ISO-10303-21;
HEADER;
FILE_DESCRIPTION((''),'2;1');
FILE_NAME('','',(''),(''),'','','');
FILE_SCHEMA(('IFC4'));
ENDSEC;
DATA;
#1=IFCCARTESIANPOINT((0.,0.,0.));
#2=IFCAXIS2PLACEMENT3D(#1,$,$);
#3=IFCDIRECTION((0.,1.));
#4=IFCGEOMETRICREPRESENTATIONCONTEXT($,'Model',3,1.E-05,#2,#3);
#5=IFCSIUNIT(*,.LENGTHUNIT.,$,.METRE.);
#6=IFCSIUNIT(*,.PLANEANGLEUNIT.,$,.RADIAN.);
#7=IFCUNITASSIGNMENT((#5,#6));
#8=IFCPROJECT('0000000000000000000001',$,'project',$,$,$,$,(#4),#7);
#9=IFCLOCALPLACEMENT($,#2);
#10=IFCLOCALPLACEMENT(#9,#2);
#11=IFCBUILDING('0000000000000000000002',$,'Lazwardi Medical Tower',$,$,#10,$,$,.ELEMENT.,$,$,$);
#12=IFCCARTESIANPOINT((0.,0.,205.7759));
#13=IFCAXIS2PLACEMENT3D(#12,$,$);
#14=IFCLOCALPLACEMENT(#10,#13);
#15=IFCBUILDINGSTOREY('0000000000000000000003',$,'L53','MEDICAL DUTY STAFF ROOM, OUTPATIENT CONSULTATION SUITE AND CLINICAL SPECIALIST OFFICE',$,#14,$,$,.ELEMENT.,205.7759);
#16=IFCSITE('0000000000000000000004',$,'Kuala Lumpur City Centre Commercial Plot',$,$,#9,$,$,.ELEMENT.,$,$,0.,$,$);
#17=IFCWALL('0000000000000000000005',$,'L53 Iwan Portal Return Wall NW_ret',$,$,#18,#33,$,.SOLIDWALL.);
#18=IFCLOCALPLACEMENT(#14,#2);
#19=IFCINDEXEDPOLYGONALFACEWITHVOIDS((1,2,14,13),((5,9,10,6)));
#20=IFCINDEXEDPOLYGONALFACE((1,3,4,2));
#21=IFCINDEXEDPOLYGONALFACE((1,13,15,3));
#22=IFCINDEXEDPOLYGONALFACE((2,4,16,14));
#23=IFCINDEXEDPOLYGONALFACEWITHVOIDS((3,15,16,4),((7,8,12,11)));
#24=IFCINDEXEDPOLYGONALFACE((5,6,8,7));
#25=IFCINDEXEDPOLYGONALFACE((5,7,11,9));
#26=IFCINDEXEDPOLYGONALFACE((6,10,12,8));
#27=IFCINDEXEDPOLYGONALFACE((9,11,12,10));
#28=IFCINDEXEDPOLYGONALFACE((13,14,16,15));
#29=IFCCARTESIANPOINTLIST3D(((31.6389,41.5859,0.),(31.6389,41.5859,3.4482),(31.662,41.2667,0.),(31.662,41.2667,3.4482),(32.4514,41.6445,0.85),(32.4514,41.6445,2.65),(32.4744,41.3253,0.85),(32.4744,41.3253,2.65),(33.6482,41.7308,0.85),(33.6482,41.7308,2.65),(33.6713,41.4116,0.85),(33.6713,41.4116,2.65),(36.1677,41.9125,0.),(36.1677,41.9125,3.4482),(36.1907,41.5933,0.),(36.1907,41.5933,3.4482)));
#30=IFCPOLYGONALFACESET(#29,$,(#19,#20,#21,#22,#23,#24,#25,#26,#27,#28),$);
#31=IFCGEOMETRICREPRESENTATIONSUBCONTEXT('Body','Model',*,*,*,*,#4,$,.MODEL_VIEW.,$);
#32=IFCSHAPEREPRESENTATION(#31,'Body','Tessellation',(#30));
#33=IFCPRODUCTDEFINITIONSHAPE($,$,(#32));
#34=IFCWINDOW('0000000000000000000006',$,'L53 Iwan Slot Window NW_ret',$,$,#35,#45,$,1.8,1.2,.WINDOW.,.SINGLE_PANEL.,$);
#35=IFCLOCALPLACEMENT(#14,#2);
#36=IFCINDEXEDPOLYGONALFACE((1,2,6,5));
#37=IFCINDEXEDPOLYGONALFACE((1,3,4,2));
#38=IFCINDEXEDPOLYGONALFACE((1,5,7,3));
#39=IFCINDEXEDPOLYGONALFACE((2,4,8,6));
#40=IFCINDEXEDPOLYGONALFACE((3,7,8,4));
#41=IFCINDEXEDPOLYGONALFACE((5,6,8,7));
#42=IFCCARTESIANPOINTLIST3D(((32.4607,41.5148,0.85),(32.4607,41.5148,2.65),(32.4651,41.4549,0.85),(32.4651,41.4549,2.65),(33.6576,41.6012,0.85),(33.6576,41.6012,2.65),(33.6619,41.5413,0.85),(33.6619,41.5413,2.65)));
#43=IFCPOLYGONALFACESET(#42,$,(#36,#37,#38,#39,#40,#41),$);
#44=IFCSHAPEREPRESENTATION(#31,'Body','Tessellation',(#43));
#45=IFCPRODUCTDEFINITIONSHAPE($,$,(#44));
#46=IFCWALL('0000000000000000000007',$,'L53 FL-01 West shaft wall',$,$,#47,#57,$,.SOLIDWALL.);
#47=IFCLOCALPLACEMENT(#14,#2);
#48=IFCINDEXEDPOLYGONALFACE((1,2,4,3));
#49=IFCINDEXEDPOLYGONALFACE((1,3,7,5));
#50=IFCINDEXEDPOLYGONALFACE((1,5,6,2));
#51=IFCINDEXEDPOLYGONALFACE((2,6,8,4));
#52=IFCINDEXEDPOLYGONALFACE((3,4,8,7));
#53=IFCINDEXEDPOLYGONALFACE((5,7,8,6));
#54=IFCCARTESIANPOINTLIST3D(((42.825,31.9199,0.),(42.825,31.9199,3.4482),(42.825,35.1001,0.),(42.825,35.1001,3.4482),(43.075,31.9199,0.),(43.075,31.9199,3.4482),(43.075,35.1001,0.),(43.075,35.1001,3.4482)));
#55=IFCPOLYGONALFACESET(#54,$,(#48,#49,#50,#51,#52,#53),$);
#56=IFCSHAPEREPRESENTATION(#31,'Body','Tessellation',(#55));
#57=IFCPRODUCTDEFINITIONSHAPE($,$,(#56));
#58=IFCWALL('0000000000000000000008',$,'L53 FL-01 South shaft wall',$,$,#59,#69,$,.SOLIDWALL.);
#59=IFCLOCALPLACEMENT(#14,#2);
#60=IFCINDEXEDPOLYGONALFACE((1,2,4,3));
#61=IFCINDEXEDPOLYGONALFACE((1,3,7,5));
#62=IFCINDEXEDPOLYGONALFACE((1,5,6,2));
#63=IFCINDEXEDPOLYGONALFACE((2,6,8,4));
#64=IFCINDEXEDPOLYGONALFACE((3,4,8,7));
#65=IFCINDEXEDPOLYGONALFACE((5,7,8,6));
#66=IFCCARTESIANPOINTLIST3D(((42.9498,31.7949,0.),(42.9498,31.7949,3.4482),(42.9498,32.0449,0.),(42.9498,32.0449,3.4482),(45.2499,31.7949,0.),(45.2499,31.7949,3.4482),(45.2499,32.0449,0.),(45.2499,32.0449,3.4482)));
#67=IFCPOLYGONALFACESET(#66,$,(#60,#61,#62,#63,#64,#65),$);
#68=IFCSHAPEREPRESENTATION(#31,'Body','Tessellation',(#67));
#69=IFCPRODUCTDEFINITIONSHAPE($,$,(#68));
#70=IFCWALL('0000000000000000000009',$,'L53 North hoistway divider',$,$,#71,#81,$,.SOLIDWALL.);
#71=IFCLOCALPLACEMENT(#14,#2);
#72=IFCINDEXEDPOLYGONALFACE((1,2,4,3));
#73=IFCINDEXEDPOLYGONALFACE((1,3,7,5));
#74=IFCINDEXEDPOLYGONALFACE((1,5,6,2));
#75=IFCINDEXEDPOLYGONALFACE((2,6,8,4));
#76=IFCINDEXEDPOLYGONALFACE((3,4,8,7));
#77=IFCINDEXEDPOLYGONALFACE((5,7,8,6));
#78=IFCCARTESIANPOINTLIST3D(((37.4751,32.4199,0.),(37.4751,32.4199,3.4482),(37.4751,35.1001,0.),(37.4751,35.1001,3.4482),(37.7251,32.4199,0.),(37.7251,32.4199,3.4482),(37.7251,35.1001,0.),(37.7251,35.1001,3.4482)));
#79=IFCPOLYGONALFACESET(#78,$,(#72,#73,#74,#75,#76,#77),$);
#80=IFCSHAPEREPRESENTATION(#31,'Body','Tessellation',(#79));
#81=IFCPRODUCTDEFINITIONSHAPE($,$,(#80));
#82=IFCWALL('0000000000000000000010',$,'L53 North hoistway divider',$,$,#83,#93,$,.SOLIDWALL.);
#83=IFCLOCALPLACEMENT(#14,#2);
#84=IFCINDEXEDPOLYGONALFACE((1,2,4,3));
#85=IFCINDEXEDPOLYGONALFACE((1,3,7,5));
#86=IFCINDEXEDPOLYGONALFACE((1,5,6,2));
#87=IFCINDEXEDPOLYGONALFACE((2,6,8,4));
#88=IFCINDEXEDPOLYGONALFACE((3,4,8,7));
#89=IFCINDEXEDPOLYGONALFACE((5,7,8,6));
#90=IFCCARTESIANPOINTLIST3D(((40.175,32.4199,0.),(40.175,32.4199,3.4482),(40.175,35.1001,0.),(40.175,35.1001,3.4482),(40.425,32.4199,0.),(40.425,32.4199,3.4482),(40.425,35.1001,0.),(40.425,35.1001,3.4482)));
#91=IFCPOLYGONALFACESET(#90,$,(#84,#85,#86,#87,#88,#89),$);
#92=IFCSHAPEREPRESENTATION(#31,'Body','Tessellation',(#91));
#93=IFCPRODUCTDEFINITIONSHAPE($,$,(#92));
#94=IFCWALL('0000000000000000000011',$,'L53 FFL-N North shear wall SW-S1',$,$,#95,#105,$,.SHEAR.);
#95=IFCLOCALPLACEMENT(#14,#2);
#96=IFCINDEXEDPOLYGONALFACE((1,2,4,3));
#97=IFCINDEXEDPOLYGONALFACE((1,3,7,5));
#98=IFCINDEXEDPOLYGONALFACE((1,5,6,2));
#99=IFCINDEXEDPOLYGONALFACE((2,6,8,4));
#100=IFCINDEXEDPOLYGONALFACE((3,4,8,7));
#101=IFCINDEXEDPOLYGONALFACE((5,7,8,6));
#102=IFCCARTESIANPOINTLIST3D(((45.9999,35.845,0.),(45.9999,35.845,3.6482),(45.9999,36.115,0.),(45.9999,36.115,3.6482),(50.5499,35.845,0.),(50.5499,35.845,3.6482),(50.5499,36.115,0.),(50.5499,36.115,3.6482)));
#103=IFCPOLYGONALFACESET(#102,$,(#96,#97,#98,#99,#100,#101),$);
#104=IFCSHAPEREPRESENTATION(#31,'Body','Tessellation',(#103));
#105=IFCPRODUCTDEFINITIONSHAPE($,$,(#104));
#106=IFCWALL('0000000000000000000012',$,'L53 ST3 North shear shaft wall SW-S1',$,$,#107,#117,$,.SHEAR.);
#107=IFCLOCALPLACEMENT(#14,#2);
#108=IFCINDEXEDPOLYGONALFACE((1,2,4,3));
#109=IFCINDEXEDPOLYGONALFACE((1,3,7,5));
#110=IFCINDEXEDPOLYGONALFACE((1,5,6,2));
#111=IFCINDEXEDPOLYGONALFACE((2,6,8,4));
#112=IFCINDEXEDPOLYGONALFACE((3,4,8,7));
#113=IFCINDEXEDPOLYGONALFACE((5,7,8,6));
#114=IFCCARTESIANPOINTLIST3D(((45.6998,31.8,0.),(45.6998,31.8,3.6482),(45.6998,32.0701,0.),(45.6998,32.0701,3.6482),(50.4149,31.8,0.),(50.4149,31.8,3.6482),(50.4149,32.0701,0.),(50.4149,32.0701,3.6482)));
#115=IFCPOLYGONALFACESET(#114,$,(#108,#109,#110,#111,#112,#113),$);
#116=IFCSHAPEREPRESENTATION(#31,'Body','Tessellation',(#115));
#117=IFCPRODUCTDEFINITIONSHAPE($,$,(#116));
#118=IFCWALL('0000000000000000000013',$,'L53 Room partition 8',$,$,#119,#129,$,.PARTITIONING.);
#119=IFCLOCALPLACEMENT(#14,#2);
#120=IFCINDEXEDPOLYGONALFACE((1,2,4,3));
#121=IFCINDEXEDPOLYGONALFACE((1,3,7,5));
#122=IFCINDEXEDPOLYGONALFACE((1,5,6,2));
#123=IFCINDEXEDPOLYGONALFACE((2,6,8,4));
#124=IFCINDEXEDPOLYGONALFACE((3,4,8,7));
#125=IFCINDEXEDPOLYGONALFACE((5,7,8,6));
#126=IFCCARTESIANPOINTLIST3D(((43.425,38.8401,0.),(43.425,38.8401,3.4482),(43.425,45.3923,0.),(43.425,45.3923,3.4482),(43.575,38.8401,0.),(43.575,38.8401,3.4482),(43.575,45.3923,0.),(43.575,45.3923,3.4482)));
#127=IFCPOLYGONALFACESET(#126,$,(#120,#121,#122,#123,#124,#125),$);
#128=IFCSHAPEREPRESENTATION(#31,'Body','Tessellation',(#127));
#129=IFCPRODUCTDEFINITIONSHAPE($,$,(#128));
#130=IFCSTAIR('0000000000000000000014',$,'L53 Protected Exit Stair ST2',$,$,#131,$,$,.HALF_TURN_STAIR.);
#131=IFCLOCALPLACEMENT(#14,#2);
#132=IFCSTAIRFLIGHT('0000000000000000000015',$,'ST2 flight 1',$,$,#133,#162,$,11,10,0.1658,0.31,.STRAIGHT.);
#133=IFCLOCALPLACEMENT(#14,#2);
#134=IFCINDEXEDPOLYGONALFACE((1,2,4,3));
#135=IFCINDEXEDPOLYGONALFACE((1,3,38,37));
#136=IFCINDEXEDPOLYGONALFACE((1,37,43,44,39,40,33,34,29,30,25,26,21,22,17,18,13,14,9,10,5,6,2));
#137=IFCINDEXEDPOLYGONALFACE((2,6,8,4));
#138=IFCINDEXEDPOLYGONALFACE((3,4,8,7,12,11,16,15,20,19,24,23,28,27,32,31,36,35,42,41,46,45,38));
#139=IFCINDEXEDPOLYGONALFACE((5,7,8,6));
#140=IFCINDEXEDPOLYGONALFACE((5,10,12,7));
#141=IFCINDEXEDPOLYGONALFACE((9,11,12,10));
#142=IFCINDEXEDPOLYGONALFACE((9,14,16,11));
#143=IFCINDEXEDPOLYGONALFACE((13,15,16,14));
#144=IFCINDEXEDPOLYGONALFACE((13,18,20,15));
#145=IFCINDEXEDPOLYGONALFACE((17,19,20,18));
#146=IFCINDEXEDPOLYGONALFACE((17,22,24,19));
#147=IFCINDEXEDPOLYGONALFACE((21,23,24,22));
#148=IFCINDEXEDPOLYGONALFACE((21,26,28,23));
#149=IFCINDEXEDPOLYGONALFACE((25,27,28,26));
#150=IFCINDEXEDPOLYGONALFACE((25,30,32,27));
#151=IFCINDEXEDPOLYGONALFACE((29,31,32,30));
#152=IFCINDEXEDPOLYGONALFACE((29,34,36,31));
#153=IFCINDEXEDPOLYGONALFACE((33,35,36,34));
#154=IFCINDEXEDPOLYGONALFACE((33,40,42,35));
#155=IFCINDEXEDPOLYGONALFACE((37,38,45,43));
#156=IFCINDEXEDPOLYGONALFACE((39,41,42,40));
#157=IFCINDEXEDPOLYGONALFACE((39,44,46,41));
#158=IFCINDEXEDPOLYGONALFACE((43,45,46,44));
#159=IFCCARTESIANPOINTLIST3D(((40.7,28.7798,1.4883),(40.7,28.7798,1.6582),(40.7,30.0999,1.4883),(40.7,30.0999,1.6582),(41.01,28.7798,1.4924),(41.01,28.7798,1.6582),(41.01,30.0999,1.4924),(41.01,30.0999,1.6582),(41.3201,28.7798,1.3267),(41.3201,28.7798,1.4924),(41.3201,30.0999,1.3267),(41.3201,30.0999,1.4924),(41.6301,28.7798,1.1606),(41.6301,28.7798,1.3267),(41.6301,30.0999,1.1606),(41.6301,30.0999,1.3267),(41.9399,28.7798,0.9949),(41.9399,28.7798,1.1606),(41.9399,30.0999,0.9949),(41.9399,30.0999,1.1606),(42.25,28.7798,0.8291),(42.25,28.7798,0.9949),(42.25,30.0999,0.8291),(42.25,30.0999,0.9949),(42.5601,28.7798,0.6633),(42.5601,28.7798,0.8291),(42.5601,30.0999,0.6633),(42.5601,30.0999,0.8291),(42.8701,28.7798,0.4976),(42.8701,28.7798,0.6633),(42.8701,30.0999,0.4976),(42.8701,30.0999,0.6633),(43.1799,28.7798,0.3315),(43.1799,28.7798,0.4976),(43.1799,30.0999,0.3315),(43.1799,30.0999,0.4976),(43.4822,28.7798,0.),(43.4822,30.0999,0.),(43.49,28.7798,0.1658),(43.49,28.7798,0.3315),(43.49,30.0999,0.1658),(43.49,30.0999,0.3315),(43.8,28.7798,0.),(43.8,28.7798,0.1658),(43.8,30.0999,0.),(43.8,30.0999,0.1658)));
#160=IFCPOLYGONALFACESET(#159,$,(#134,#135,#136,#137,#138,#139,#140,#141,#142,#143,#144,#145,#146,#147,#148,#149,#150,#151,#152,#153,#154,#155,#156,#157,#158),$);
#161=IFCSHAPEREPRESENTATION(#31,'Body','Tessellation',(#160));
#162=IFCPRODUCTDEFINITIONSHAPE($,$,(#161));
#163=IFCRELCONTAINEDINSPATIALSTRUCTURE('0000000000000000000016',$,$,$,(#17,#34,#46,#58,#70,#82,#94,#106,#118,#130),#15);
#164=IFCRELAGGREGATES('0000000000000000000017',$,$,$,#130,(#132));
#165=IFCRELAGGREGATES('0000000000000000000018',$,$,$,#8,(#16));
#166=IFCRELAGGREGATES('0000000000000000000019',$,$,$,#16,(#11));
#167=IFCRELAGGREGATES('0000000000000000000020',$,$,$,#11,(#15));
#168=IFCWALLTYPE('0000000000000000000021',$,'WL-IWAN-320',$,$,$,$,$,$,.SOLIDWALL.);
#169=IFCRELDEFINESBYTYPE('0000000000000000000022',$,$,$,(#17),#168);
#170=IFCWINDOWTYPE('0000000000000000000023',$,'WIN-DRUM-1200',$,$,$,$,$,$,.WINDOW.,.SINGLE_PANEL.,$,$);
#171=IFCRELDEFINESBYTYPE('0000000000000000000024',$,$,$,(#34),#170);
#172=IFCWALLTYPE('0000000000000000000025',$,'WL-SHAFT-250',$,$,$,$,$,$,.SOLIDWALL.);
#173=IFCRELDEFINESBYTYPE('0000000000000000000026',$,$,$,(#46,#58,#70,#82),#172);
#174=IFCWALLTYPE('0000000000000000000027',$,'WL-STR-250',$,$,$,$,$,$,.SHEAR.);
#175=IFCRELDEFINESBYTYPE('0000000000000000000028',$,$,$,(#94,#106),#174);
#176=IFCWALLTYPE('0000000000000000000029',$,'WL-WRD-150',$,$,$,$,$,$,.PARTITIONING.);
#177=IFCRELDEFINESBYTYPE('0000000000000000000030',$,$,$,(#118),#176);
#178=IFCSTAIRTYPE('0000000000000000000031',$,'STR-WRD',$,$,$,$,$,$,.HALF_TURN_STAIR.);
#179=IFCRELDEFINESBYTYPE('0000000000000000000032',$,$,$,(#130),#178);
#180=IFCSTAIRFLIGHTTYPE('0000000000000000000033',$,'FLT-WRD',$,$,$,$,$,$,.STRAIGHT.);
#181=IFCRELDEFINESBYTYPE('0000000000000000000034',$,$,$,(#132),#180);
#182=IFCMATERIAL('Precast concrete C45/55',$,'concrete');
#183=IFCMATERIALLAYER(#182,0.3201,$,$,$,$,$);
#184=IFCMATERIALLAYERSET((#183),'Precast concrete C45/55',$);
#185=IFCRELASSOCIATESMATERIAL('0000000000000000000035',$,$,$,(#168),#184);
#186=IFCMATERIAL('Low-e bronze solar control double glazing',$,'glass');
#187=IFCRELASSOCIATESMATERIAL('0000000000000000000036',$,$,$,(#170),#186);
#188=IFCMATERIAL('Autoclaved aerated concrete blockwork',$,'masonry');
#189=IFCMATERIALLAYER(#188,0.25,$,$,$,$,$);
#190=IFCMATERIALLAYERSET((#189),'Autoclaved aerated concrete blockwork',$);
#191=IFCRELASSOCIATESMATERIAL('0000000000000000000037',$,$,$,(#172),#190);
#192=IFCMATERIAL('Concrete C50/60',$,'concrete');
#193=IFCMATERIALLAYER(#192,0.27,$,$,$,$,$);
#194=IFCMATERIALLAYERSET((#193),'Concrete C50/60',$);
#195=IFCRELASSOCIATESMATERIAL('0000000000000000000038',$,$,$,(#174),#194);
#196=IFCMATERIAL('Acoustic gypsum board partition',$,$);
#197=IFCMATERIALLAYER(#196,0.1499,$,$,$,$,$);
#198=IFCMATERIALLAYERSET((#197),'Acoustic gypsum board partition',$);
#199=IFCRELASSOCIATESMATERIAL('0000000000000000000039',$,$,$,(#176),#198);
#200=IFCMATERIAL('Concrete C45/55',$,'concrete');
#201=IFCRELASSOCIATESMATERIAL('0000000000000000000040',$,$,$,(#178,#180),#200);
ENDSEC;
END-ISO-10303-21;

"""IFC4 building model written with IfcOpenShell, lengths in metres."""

from ifc_helpers import new_model, si_unit, direction, frame, frame_2d, origin, place, context, subcontext, project, spatial, polyline, rectangle, outline, extrude, material, layer, layer_set, type_object, element, fill, aggregate, save


model = new_model("IFC4")

# Units and contexts
model_context = context("Model", 3, precision=1e-05, world=origin(), true_north=direction((0.0, 1.0)))
body_context = subcontext(model_context, "Body", "Model", "MODEL_VIEW")
ifc_project = project(units=[si_unit("LENGTHUNIT", "METRE"), si_unit("PLANEANGLEUNIT", "RADIAN")], contexts=[model_context])

# Site, building, storey
site_placement = place(None, origin())
site = spatial("IfcSite", under=ifc_project, at=site_placement, Name="Kuala Lumpur City Centre Commercial Plot", CompositionType="ELEMENT", RefElevation=0.0)
building_placement = place(site_placement, origin())
building = spatial("IfcBuilding", under=site, at=building_placement, Name="Lazwardi Medical Tower", CompositionType="ELEMENT")
storey_placement = place(building_placement, frame((0.0, 0.0, 205.7759)))
storey = spatial("IfcBuildingStorey", under=building, at=storey_placement, Name="L53", Description="MEDICAL DUTY STAFF ROOM, OUTPATIENT CONSULTATION SUITE AND CLINICAL SPECIALIST OFFICE", CompositionType="ELEMENT", Elevation=205.7759)

# Wall, opening, window
ifc_material_1 = material(Name="Precast concrete C45/55", Category="concrete")
ifc_layer_1 = layer(ifc_material_1, 0.3201)
ifc_layer_set_1 = layer_set([ifc_layer_1], Name="Precast concrete C45/55")
wall_type_1 = type_object("IfcWallType", Name="WL-IWAN-320", PredefinedType="SOLIDWALL", material=ifc_layer_set_1)
wall_1_placement = place(storey_placement, frame((36.1792, 41.7529, 0.0), z_axis=(0.0, 0.0, 1.0), x_axis=(-0.997409, -0.071942, 0.0)))
wall_1 = element("IfcWall", 1, at=wall_1_placement, inside=storey, type_object=wall_type_1, Name="L53 Iwan Portal Return Wall NW_ret", PredefinedType="SOLIDWALL", context=body_context, shape_type="SweptSolid", body=[
    extrude(rectangle(XDim=4.5405, YDim=0.3201, at=frame_2d((2.2703, 0.0))), origin(), (0.0, 0.0, 1.0), 3.4482),
])
opening_1_placement = place(wall_1_placement, frame((2.5259, 0.0, 0.8501)))
opening_1 = element("IfcOpeningElement", 2, at=opening_1_placement, cuts=wall_1, PredefinedType="OPENING", context=body_context, shape_type="SweptSolid", body=[
    extrude(rectangle(XDim=1.2, YDim=1.8, at=frame_2d((0.6001, 0.8999))), frame((0.0, 0.1699, 0.0), z_axis=(0.0, -1.0, 0.0), x_axis=(1.0, 0.0, 0.0)), (0.0, 0.0, 1.0), 0.3401),
])
ifc_material_2 = material(Name="Low-e bronze solar control double glazing", Category="glass")
window_type = type_object("IfcWindowType", Name="WIN-DRUM-1200", PartitioningType="SINGLE_PANEL", PredefinedType="WINDOW", material=ifc_material_2)
window_placement = place(opening_1_placement, origin())
window = element("IfcWindow", 3, at=window_placement, inside=storey, type_object=window_type, Name="L53 Iwan Slot Window NW_ret", OverallHeight=1.8, OverallWidth=1.2, PartitioningType="SINGLE_PANEL", PredefinedType="WINDOW", context=body_context, shape_type="SweptSolid", body=[
    extrude(rectangle(XDim=1.2, YDim=1.8, at=frame_2d((0.6001, 0.8999))), frame((0.0, 0.03, 0.0), z_axis=(0.0, -1.0, 0.0), x_axis=(1.0, 0.0, 0.0)), (0.0, 0.0, 1.0), 0.0601),
])
fill(opening_1, window)

# Walls
ifc_material_3 = material(Name="Autoclaved aerated concrete blockwork", Category="masonry")
ifc_layer_2 = layer(ifc_material_3, 0.25)
ifc_layer_set_2 = layer_set([ifc_layer_2], Name="Autoclaved aerated concrete blockwork")
wall_type_2 = type_object("IfcWallType", Name="WL-SHAFT-250", PredefinedType="SOLIDWALL", material=ifc_layer_set_2)
wall_2_placement = place(storey_placement, frame((42.95, 31.9199, 0.0), z_axis=(0.0, 0.0, 1.0), x_axis=(0.0, 1.0, 0.0)))
element("IfcWall", 4, at=wall_2_placement, inside=storey, type_object=wall_type_2, Name="L53 FL-01 West shaft wall", PredefinedType="SOLIDWALL", context=body_context, shape_type="SweptSolid", body=[
    extrude(rectangle(XDim=3.1802, YDim=0.25, at=frame_2d((1.5901, 0.0))), origin(), (0.0, 0.0, 1.0), 3.4482),
])
wall_3_placement = place(storey_placement, frame((42.95, 31.9199, 0.0), z_axis=(0.0, 0.0, 1.0), x_axis=(1.0, 0.0, 0.0)))
element("IfcWall", 5, at=wall_3_placement, inside=storey, type_object=wall_type_2, Name="L53 FL-01 South shaft wall", PredefinedType="SOLIDWALL", context=body_context, shape_type="SweptSolid", body=[
    extrude(rectangle(XDim=2.3, YDim=0.25, at=frame_2d((1.1499, 0.0))), origin(), (0.0, 0.0, 1.0), 3.4482),
])
for number, where, z_axis, x_axis, name in (
    (6, (37.6001, 32.4199, 0.0), (0.0, 0.0, 1.0), (0.0, 1.0, 0.0), "L53 North hoistway divider"),
    (7, (40.3, 32.4199, 0.0), (0.0, 0.0, 1.0), (0.0, 1.0, 0.0), "L53 North hoistway divider"),
):
    element("IfcWall", number, at=place(storey_placement, frame(where, z_axis=z_axis, x_axis=x_axis)), inside=storey, type_object=wall_type_2, Name=name, PredefinedType="SOLIDWALL", context=body_context, shape_type="SweptSolid", body=[
        extrude(rectangle(XDim=2.6802, YDim=0.25, at=frame_2d((1.3401, 0.0))), origin(), (0.0, 0.0, 1.0), 3.4482),
    ])

# Shared definitions
ifc_material_4 = material(Name="Concrete C50/60", Category="concrete")
ifc_layer_3 = layer(ifc_material_4, 0.27)
ifc_layer_set_3 = layer_set([ifc_layer_3], Name="Concrete C50/60")
wall_type_3 = type_object("IfcWallType", Name="WL-STR-250", PredefinedType="SHEAR", material=ifc_layer_set_3)

# Walls
wall_4_placement = place(storey_placement, frame((46.0, 35.98, 0.0), z_axis=(0.0, 0.0, 1.0), x_axis=(1.0, 0.0, 0.0)))
element("IfcWall", 8, at=wall_4_placement, inside=storey, type_object=wall_type_3, Name="L53 FFL-N North shear wall SW-S1", PredefinedType="SHEAR", context=body_context, shape_type="SweptSolid", body=[
    extrude(rectangle(XDim=4.55, YDim=0.27, at=frame_2d((2.2749, 0.0))), origin(), (0.0, 0.0, 1.0), 3.6482),
])
wall_5_placement = place(storey_placement, frame((45.7, 31.9351, 0.0), z_axis=(0.0, 0.0, 1.0), x_axis=(1.0, 0.0, 0.0)))
element("IfcWall", 9, at=wall_5_placement, inside=storey, type_object=wall_type_3, Name="L53 ST3 North shear shaft wall SW-S1", PredefinedType="SHEAR", context=body_context, shape_type="SweptSolid", body=[
    extrude(rectangle(XDim=4.7151, YDim=0.27, at=frame_2d((2.3574, 0.0))), origin(), (0.0, 0.0, 1.0), 3.6482),
])
ifc_material_5 = material(Name="Acoustic gypsum board partition")
ifc_layer_4 = layer(ifc_material_5, 0.1499)
ifc_layer_set_4 = layer_set([ifc_layer_4], Name="Acoustic gypsum board partition")
wall_type_4 = type_object("IfcWallType", Name="WL-WRD-150", PredefinedType="PARTITIONING", material=ifc_layer_set_4)
wall_6_placement = place(storey_placement, frame((43.5, 38.8401, 0.0), z_axis=(0.0, 0.0, 1.0), x_axis=(0.0, 1.0, 0.0)))
element("IfcWall", 10, at=wall_6_placement, inside=storey, type_object=wall_type_4, Name="L53 Room partition 8", PredefinedType="PARTITIONING", context=body_context, shape_type="SweptSolid", body=[
    extrude(rectangle(XDim=6.5522, YDim=0.1499, at=frame_2d((3.2761, 0.0))), origin(), (0.0, 0.0, 1.0), 3.4482),
])

# Stair, stair flight
ifc_material_6 = material(Name="Concrete C45/55", Category="concrete")
stair_type = type_object("IfcStairType", Name="STR-WRD", PredefinedType="HALF_TURN_STAIR", material=ifc_material_6)
stair_placement = place(storey_placement, origin())
stair = element("IfcStair", 11, at=stair_placement, inside=storey, type_object=stair_type, Name="L53 Protected Exit Stair ST2", PredefinedType="HALF_TURN_STAIR")
stair_flight_type = type_object("IfcStairFlightType", Name="FLT-WRD", PredefinedType="STRAIGHT", material=ifc_material_6)
stair_flight_placement = place(storey_placement, frame((43.8, 29.4399, 0.0), z_axis=(0.0, 0.0, 1.0), x_axis=(-1.0, 0.0, 0.0)))
stair_flight = element("IfcStairFlight", 12, at=stair_flight_placement, type_object=stair_flight_type, Name="ST2 flight 1", NumberOfRisers=11, NumberOfTreads=10, PredefinedType="STRAIGHT", RiserHeight=0.1658, TreadLength=0.31, context=body_context, shape_type="SweptSolid", body=[
    extrude(outline(polyline([(0.0, 0.0), (0.0, 0.1658), (0.3101, 0.1658), (0.3101, 0.3315), (0.6201, 0.3315), (0.6201, 0.4976), (0.9299, 0.4976), (0.9299, 0.6633), (1.24, 0.6633), (1.24, 0.8291), (1.55, 0.8291), (1.55, 0.9949), (1.8601, 0.9949), (1.8601, 1.1606), (2.1699, 1.1606), (2.1699, 1.3267), (2.48, 1.3267), (2.48, 1.4924), (2.79, 1.4924), (2.79, 1.6582), (3.1001, 1.6582), (3.1001, 1.824), (3.1001, 1.4883), (0.3179, 0.0), (0.0, 0.0)])), frame((0.0, 0.6602, 0.0), z_axis=(0.0, -1.0, 0.0), x_axis=(1.0, 0.0, 0.0)), (0.0, 0.0, 1.0), 1.3201),
])
aggregate(stair, [stair_flight])

save(model, "model.ifc")
